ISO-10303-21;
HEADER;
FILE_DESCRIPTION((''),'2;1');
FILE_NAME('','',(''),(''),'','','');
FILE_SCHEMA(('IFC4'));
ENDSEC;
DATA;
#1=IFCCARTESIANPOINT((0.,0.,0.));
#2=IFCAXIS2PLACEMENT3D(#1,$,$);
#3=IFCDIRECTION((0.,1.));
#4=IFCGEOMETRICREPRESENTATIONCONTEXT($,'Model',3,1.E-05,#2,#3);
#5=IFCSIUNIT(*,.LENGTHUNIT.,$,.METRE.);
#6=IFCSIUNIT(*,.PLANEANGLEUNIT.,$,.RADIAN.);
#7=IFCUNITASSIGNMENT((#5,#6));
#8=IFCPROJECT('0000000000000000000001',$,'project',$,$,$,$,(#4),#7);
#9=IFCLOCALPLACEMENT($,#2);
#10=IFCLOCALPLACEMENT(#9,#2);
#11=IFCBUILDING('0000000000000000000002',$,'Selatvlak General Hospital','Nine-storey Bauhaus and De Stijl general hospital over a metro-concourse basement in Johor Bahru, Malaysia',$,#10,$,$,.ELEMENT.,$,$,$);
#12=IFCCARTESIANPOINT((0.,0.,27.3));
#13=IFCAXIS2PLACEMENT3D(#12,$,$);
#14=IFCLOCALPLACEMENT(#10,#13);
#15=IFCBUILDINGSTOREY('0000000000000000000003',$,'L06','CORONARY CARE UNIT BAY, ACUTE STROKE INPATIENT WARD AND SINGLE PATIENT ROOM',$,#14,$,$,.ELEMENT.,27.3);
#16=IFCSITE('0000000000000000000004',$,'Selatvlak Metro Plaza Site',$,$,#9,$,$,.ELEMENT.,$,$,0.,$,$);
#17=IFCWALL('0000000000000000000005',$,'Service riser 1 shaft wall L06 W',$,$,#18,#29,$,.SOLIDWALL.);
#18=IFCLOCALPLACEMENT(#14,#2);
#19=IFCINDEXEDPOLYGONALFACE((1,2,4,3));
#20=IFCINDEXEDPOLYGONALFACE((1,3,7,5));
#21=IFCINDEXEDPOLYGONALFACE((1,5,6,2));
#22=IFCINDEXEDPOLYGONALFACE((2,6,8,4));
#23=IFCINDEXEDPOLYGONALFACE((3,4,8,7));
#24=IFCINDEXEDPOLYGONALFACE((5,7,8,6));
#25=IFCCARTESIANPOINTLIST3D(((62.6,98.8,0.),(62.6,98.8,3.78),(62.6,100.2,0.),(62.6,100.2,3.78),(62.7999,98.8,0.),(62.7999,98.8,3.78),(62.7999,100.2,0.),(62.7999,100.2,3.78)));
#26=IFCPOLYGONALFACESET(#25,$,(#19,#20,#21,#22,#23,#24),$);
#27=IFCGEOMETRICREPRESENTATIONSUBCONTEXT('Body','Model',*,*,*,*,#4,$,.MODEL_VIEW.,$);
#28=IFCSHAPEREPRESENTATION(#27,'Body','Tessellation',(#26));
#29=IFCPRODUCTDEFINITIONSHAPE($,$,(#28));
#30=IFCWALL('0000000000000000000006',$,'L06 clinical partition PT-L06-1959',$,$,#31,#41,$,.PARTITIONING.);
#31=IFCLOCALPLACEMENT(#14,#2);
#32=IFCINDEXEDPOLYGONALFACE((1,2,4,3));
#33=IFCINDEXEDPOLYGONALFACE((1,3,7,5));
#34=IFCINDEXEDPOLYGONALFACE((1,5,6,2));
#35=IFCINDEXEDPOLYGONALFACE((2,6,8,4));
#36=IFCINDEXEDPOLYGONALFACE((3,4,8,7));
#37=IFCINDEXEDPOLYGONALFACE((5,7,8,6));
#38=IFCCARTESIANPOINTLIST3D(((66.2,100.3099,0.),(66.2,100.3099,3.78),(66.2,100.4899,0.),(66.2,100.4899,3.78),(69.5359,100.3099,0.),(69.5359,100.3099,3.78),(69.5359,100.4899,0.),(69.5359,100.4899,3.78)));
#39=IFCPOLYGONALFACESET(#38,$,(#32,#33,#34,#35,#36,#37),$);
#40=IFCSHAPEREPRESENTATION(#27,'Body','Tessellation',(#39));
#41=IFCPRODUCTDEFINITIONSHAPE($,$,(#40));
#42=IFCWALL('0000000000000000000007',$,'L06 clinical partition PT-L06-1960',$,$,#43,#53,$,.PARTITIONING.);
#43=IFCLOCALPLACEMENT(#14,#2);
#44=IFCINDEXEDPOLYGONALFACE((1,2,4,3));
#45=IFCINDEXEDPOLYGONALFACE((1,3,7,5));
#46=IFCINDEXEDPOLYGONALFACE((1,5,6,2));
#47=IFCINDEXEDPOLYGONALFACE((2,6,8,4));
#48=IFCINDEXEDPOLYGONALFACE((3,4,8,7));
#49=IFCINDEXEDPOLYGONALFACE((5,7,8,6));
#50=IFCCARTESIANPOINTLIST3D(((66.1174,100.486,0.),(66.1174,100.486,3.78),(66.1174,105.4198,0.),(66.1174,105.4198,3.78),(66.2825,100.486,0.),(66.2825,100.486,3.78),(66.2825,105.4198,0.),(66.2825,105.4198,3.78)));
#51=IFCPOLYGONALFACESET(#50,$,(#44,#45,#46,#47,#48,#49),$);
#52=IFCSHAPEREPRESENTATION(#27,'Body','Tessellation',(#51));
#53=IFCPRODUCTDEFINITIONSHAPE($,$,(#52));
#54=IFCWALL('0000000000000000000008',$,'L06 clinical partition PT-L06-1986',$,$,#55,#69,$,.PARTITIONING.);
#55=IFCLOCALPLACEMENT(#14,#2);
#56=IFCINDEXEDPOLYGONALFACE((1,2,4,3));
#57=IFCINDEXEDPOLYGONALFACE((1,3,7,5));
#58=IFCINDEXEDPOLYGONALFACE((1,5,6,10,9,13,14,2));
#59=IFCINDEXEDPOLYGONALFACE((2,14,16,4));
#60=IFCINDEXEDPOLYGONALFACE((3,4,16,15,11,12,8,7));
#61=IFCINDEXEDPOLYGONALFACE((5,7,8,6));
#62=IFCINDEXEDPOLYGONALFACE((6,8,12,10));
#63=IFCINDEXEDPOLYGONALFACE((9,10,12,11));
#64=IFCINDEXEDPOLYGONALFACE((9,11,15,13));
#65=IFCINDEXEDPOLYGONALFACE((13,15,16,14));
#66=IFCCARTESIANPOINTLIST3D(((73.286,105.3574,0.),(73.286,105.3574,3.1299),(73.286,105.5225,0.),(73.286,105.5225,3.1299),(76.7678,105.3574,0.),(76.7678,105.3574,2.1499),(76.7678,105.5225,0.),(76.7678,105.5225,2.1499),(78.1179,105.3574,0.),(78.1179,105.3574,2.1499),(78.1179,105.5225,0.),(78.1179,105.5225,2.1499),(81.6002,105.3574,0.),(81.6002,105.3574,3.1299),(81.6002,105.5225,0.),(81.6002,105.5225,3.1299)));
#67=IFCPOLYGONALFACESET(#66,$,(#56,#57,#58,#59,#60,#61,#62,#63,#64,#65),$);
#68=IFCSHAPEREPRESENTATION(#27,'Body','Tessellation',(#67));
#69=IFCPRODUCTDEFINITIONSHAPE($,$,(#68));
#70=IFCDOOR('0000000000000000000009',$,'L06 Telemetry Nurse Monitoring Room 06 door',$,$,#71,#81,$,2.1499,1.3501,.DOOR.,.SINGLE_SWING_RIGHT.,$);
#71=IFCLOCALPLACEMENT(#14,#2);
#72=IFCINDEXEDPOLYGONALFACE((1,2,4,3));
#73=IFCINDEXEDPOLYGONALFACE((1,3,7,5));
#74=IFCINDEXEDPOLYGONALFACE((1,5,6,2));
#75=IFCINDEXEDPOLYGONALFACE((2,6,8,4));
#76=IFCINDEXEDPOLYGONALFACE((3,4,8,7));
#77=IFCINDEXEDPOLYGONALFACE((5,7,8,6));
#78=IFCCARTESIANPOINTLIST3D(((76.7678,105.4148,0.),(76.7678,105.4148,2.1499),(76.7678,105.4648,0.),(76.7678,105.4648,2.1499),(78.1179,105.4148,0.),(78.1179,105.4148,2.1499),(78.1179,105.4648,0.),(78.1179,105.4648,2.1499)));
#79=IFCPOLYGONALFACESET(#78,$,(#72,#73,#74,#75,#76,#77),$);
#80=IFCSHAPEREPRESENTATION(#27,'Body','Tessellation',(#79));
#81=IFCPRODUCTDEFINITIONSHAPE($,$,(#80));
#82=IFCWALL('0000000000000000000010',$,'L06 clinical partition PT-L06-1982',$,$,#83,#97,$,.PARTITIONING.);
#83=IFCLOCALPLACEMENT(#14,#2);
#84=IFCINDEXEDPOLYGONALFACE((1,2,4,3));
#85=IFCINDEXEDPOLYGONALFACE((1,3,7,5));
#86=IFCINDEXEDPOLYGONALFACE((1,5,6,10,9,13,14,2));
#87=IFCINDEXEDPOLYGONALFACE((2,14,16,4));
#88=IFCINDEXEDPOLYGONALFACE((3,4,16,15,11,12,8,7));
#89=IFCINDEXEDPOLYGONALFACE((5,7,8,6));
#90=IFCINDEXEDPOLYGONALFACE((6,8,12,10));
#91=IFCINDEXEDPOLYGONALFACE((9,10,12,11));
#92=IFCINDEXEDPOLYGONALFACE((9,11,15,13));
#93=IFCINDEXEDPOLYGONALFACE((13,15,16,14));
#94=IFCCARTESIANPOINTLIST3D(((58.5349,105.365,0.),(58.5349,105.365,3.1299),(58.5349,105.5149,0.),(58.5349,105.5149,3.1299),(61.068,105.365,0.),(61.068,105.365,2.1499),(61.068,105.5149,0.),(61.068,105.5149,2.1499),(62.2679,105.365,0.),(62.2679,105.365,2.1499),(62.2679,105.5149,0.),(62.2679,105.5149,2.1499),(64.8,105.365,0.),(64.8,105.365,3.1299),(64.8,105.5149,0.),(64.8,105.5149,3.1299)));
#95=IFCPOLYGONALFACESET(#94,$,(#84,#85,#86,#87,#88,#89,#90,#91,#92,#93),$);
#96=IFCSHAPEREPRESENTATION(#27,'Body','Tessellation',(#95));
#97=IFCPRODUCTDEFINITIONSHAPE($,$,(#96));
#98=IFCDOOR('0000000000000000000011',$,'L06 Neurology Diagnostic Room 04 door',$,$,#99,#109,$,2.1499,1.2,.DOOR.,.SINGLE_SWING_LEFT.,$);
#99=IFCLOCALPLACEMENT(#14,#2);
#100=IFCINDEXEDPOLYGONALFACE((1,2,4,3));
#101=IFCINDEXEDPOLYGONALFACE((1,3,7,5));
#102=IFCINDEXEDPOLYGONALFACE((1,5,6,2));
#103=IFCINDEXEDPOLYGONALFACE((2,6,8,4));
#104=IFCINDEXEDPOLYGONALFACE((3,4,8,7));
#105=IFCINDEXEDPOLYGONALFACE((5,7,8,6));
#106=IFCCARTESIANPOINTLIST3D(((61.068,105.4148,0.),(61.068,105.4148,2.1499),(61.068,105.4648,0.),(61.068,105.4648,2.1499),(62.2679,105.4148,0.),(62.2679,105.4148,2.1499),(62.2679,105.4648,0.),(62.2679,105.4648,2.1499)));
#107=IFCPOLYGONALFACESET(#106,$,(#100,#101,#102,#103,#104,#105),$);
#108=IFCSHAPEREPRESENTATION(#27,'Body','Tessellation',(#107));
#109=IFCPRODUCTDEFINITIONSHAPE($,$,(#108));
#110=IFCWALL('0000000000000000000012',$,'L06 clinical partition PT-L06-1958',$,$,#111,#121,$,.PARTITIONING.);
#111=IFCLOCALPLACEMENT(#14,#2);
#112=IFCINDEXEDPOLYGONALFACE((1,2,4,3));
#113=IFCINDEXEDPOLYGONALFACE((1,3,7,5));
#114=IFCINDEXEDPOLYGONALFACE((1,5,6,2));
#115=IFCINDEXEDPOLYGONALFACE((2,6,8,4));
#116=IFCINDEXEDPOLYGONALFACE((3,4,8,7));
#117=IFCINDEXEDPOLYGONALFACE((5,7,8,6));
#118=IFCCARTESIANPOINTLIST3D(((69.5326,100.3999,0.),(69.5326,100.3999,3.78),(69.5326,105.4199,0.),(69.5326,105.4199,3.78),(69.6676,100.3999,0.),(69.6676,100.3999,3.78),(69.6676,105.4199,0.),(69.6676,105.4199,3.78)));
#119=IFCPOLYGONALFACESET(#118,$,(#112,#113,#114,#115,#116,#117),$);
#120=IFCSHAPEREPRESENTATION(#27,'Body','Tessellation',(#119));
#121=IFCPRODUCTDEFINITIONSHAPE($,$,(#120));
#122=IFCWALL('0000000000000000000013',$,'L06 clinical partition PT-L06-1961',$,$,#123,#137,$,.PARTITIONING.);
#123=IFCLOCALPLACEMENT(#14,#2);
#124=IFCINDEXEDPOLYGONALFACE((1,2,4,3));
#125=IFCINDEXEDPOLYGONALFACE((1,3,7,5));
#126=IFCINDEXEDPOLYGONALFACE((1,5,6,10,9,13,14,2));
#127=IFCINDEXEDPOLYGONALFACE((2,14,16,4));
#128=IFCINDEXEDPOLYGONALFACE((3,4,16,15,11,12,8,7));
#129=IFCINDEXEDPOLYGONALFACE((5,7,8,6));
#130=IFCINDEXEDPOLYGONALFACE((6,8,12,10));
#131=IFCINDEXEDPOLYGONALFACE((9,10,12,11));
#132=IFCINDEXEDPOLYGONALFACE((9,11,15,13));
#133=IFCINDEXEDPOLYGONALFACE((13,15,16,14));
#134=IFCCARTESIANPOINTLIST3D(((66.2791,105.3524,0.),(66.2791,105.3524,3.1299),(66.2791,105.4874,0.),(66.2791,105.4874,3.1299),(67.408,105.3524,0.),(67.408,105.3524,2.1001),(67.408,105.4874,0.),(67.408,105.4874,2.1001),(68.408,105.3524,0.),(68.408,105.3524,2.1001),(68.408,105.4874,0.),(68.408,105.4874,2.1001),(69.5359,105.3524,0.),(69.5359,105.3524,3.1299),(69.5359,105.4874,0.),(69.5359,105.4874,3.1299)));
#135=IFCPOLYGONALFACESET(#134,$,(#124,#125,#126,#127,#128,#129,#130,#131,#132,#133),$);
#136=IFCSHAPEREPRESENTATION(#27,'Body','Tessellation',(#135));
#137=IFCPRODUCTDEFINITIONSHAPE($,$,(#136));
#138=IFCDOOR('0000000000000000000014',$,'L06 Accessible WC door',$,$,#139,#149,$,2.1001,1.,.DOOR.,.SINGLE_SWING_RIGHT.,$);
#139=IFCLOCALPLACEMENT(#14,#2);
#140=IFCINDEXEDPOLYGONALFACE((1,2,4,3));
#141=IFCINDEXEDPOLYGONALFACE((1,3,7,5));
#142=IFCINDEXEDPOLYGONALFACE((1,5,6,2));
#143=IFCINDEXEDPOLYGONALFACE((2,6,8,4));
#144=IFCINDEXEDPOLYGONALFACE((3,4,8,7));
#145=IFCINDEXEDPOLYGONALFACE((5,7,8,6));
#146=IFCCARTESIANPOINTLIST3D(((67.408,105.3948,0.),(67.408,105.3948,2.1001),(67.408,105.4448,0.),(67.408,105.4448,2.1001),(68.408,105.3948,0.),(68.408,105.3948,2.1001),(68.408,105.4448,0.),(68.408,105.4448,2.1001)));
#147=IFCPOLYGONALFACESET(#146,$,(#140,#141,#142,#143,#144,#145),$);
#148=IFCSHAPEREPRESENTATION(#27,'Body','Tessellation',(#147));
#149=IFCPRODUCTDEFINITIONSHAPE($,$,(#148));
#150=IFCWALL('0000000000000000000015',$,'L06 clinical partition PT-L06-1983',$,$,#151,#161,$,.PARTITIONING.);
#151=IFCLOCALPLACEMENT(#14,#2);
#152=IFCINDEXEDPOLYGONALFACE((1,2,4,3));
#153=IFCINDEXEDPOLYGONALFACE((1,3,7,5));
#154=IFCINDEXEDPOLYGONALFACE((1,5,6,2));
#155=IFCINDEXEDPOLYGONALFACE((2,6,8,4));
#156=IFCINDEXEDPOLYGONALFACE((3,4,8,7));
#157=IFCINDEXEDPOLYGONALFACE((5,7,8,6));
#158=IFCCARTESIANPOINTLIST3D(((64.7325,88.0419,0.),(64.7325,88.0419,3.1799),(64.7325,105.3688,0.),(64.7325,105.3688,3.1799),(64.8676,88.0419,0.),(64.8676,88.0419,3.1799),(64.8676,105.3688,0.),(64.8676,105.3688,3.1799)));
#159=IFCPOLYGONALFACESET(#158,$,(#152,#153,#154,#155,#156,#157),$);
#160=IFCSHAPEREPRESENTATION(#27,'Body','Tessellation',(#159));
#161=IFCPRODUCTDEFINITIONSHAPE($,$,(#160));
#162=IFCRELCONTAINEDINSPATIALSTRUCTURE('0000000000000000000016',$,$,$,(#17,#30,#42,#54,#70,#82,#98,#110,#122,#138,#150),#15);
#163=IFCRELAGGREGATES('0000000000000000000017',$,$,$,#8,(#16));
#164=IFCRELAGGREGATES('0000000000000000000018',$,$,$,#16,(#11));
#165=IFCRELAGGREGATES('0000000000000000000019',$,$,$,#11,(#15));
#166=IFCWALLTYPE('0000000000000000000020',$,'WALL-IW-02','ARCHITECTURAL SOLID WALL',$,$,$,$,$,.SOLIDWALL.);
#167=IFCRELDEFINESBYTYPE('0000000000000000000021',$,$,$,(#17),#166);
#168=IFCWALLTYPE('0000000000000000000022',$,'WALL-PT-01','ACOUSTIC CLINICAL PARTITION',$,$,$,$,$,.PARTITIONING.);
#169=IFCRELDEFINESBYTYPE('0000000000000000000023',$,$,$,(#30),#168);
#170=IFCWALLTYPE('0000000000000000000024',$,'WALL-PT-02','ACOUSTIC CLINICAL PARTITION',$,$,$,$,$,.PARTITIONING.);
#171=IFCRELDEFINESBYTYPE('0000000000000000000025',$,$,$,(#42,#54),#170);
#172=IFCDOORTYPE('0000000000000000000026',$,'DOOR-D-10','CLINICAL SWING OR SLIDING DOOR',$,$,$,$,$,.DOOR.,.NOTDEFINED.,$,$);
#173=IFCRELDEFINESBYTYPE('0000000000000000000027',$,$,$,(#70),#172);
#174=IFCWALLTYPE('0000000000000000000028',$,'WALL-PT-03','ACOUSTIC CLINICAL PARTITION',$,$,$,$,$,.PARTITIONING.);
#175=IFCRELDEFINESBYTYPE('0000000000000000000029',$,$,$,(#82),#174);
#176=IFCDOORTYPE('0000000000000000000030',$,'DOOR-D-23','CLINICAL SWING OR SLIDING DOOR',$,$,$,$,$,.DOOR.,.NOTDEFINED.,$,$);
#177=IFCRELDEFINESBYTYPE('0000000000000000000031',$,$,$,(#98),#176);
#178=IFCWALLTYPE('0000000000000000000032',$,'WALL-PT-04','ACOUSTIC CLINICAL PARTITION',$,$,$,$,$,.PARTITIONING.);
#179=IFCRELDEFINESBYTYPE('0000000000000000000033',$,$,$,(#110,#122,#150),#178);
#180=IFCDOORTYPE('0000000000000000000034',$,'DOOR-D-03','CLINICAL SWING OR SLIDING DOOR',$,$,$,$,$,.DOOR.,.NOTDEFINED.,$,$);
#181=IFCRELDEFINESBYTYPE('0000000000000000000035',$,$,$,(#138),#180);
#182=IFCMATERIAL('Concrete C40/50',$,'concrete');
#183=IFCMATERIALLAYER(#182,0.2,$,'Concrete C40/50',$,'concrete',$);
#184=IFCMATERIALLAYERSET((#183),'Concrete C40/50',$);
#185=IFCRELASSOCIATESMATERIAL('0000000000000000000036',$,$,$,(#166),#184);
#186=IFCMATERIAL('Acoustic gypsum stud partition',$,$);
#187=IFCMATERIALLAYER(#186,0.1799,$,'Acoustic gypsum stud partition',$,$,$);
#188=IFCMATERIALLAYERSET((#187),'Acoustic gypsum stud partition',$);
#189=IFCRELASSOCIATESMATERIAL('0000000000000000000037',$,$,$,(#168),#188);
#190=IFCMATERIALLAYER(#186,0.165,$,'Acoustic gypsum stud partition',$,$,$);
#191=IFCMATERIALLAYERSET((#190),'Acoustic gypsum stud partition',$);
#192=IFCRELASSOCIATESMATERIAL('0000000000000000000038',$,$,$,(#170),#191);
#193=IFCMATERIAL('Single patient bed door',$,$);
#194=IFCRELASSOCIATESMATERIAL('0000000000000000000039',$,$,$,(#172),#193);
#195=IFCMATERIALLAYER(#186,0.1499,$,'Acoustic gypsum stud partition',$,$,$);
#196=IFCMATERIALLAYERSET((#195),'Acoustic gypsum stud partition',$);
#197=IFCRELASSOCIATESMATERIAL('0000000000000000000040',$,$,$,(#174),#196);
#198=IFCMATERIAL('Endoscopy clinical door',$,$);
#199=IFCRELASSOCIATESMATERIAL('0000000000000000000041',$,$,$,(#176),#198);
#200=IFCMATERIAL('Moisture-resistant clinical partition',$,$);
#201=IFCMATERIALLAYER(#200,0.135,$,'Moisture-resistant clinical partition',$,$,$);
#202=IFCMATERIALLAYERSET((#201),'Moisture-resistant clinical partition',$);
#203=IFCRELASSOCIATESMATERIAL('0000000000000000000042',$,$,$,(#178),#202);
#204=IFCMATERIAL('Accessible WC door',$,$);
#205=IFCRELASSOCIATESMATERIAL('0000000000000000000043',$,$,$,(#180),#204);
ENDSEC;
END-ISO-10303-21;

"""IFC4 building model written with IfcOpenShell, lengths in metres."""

from ifc_helpers import new_model, si_unit, direction, frame, frame_2d, origin, place, context, subcontext, project, spatial, rectangle, extrude, material, layer, layer_set, type_object, element, fill, save


model = new_model("IFC4")

# Units and contexts
model_context = context("Model", 3, precision=1e-05, world=origin(), true_north=direction((0.0, 1.0)))
body_context = subcontext(model_context, "Body", "Model", "MODEL_VIEW")
ifc_project = project(units=[si_unit("LENGTHUNIT", "METRE"), si_unit("PLANEANGLEUNIT", "RADIAN")], contexts=[model_context])

# Site, building, storey
site_placement = place(None, origin())
site = spatial("IfcSite", under=ifc_project, at=site_placement, Name="Selatvlak Metro Plaza Site", CompositionType="ELEMENT", RefElevation=0.0)
building_placement = place(site_placement, origin())
building = spatial("IfcBuilding", under=site, at=building_placement, Name="Selatvlak General Hospital", Description="Nine-storey Bauhaus and De Stijl general hospital over a metro-concourse basement in Johor Bahru, Malaysia", CompositionType="ELEMENT")
storey_placement = place(building_placement, frame((0.0, 0.0, 27.3)))
storey = spatial("IfcBuildingStorey", under=building, at=storey_placement, Name="L06", Description="CORONARY CARE UNIT BAY, ACUTE STROKE INPATIENT WARD AND SINGLE PATIENT ROOM", CompositionType="ELEMENT", Elevation=27.3)

# Shared definitions
ifc_material_1 = material(Name="Concrete C40/50", Category="concrete")

# Walls
ifc_layer_1 = layer(ifc_material_1, 0.2, Name="Concrete C40/50", Category="concrete")
ifc_layer_set_1 = layer_set([ifc_layer_1], Name="Concrete C40/50")
wall_type_1 = type_object("IfcWallType", Name="WALL-IW-02", Description="ARCHITECTURAL SOLID WALL", PredefinedType="SOLIDWALL", material=ifc_layer_set_1)
wall_1_placement = place(storey_placement, frame((62.7, 100.2, 0.0), z_axis=(0.0, 0.0, 1.0), x_axis=(0.0, -1.0, 0.0)))
element("IfcWall", 1, at=wall_1_placement, inside=storey, type_object=wall_type_1, Name="Service riser 1 shaft wall L06 W", PredefinedType="SOLIDWALL", context=body_context, shape_type="SweptSolid", body=[
    extrude(rectangle(XDim=1.3999, YDim=0.2, at=frame_2d((0.7, 0.0))), origin(), (0.0, 0.0, 1.0), 3.78),
])
ifc_material_2 = material(Name="Acoustic gypsum stud partition")
ifc_layer_2 = layer(ifc_material_2, 0.1799, Name="Acoustic gypsum stud partition")
ifc_layer_set_2 = layer_set([ifc_layer_2], Name="Acoustic gypsum stud partition")
wall_type_2 = type_object("IfcWallType", Name="WALL-PT-01", Description="ACOUSTIC CLINICAL PARTITION", PredefinedType="PARTITIONING", material=ifc_layer_set_2)
wall_2_placement = place(storey_placement, frame((69.5359, 100.3999, 0.0), z_axis=(0.0, 0.0, 1.0), x_axis=(-1.0, 0.0, 0.0)))
element("IfcWall", 2, at=wall_2_placement, inside=storey, type_object=wall_type_2, Name="L06 clinical partition PT-L06-1959", PredefinedType="PARTITIONING", context=body_context, shape_type="SweptSolid", body=[
    extrude(rectangle(XDim=3.3359, YDim=0.1799, at=frame_2d((1.668, 0.0))), origin(), (0.0, 0.0, 1.0), 3.78),
])
ifc_layer_3 = layer(ifc_material_2, 0.165, Name="Acoustic gypsum stud partition")
ifc_layer_set_3 = layer_set([ifc_layer_3], Name="Acoustic gypsum stud partition")
wall_type_3 = type_object("IfcWallType", Name="WALL-PT-02", Description="ACOUSTIC CLINICAL PARTITION", PredefinedType="PARTITIONING", material=ifc_layer_set_3)
wall_3_placement = place(storey_placement, frame((66.2, 100.4861, 0.0), z_axis=(0.0, 0.0, 1.0), x_axis=(0.0, 1.0, 0.0)))
element("IfcWall", 3, at=wall_3_placement, inside=storey, type_object=wall_type_3, Name="L06 clinical partition PT-L06-1960", PredefinedType="PARTITIONING", context=body_context, shape_type="SweptSolid", body=[
    extrude(rectangle(XDim=4.9338, YDim=0.165, at=frame_2d((2.4668, 0.0))), origin(), (0.0, 0.0, 1.0), 3.78),
])

# Walls, openings, doors
wall_4_placement = place(storey_placement, frame((73.2859, 105.4399, 0.0), z_axis=(0.0, 0.0, 1.0), x_axis=(1.0, 0.0, 0.0)))
wall_4 = element("IfcWall", 4, at=wall_4_placement, inside=storey, type_object=wall_type_3, Name="L06 clinical partition PT-L06-1986", PredefinedType="PARTITIONING", context=body_context, shape_type="SweptSolid", body=[
    extrude(rectangle(XDim=8.3142, YDim=0.165, at=frame_2d((4.1572, 0.0))), origin(), (0.0, 0.0, 1.0), 3.1299),
])
opening_1_placement = place(wall_4_placement, frame((3.4819, 0.0, 0.0)))
opening_1 = element("IfcOpeningElement", 5, at=opening_1_placement, cuts=wall_4, PredefinedType="OPENING", context=body_context, shape_type="SweptSolid", body=[
    extrude(rectangle(XDim=1.3501, YDim=2.1499, at=frame_2d((0.675, 1.075))), frame((0.0, 0.0925, 0.0), z_axis=(0.0, -1.0, 0.0), x_axis=(1.0, 0.0, 0.0)), (0.0, 0.0, 1.0), 0.1851),
])
ifc_material_3 = material(Name="Single patient bed door")
door_type_1 = type_object("IfcDoorType", Name="DOOR-D-10", Description="CLINICAL SWING OR SLIDING DOOR", OperationType="NOTDEFINED", PredefinedType="DOOR", material=ifc_material_3)
door_1_placement = place(opening_1_placement, origin())
door_1 = element("IfcDoor", 6, at=door_1_placement, inside=storey, type_object=door_type_1, Name="L06 Telemetry Nurse Monitoring Room 06 door", OperationType="SINGLE_SWING_RIGHT", OverallHeight=2.1499, OverallWidth=1.3501, PredefinedType="DOOR", context=body_context, shape_type="SweptSolid", body=[
    extrude(rectangle(XDim=1.3501, YDim=2.1499, at=frame_2d((0.675, 1.075))), frame((0.0, 0.0249, 0.0), z_axis=(0.0, -1.0, 0.0), x_axis=(1.0, 0.0, 0.0)), (0.0, 0.0, 1.0), 0.05),
])
fill(opening_1, door_1)
ifc_layer_4 = layer(ifc_material_2, 0.1499, Name="Acoustic gypsum stud partition")
ifc_layer_set_4 = layer_set([ifc_layer_4], Name="Acoustic gypsum stud partition")
wall_type_4 = type_object("IfcWallType", Name="WALL-PT-03", Description="ACOUSTIC CLINICAL PARTITION", PredefinedType="PARTITIONING", material=ifc_layer_set_4)
wall_5_placement = place(storey_placement, frame((58.5349, 105.4399, 0.0), z_axis=(0.0, 0.0, 1.0), x_axis=(1.0, 0.0, 0.0)))
wall_5 = element("IfcWall", 7, at=wall_5_placement, inside=storey, type_object=wall_type_4, Name="L06 clinical partition PT-L06-1982", PredefinedType="PARTITIONING", context=body_context, shape_type="SweptSolid", body=[
    extrude(rectangle(XDim=6.2651, YDim=0.1499, at=frame_2d((3.1326, 0.0))), origin(), (0.0, 0.0, 1.0), 3.1299),
])
opening_2_placement = place(wall_5_placement, frame((2.533, 0.0, 0.0)))
opening_2 = element("IfcOpeningElement", 8, at=opening_2_placement, cuts=wall_5, PredefinedType="OPENING", context=body_context, shape_type="SweptSolid", body=[
    extrude(rectangle(XDim=1.2, YDim=2.1499, at=frame_2d((0.6001, 1.075))), frame((0.0, 0.085, 0.0), z_axis=(0.0, -1.0, 0.0), x_axis=(1.0, 0.0, 0.0)), (0.0, 0.0, 1.0), 0.1699),
])
ifc_material_4 = material(Name="Endoscopy clinical door")
door_type_2 = type_object("IfcDoorType", Name="DOOR-D-23", Description="CLINICAL SWING OR SLIDING DOOR", OperationType="NOTDEFINED", PredefinedType="DOOR", material=ifc_material_4)
door_2_placement = place(opening_2_placement, origin())
door_2 = element("IfcDoor", 9, at=door_2_placement, inside=storey, type_object=door_type_2, Name="L06 Neurology Diagnostic Room 04 door", OperationType="SINGLE_SWING_LEFT", OverallHeight=2.1499, OverallWidth=1.2, PredefinedType="DOOR", context=body_context, shape_type="SweptSolid", body=[
    extrude(rectangle(XDim=1.2, YDim=2.1499, at=frame_2d((0.6001, 1.075))), frame((0.0, 0.0249, 0.0), z_axis=(0.0, -1.0, 0.0), x_axis=(1.0, 0.0, 0.0)), (0.0, 0.0, 1.0), 0.05),
])
fill(opening_2, door_2)

# Wall
ifc_material_5 = material(Name="Moisture-resistant clinical partition")
ifc_layer_5 = layer(ifc_material_5, 0.135, Name="Moisture-resistant clinical partition")
ifc_layer_set_5 = layer_set([ifc_layer_5], Name="Moisture-resistant clinical partition")
wall_type_5 = type_object("IfcWallType", Name="WALL-PT-04", Description="ACOUSTIC CLINICAL PARTITION", PredefinedType="PARTITIONING", material=ifc_layer_set_5)
wall_6_placement = place(storey_placement, frame((69.6001, 105.4199, 0.0), z_axis=(0.0, 0.0, 1.0), x_axis=(0.0, -1.0, 0.0)))
element("IfcWall", 10, at=wall_6_placement, inside=storey, type_object=wall_type_5, Name="L06 clinical partition PT-L06-1958", PredefinedType="PARTITIONING", context=body_context, shape_type="SweptSolid", body=[
    extrude(rectangle(XDim=5.02, YDim=0.135, at=frame_2d((2.51, 0.0))), origin(), (0.0, 0.0, 1.0), 3.78),
])

# Wall, opening, door
wall_7_placement = place(storey_placement, frame((66.2791, 105.4199, 0.0), z_axis=(0.0, 0.0, 1.0), x_axis=(1.0, 0.0, 0.0)))
wall_7 = element("IfcWall", 11, at=wall_7_placement, inside=storey, type_object=wall_type_5, Name="L06 clinical partition PT-L06-1961", PredefinedType="PARTITIONING", context=body_context, shape_type="SweptSolid", body=[
    extrude(rectangle(XDim=3.2568, YDim=0.135, at=frame_2d((1.6284, 0.0))), origin(), (0.0, 0.0, 1.0), 3.1299),
])
opening_3_placement = place(wall_7_placement, frame((1.1289, 0.0, 0.0)))
opening_3 = element("IfcOpeningElement", 12, at=opening_3_placement, cuts=wall_7, PredefinedType="OPENING", context=body_context, shape_type="SweptSolid", body=[
    extrude(rectangle(XDim=1.0, YDim=2.1001, at=frame_2d((0.5, 1.05))), frame((0.0, 0.0774, 0.0), z_axis=(0.0, -1.0, 0.0), x_axis=(1.0, 0.0, 0.0)), (0.0, 0.0, 1.0), 0.155),
])
ifc_material_6 = material(Name="Accessible WC door")
door_type_3 = type_object("IfcDoorType", Name="DOOR-D-03", Description="CLINICAL SWING OR SLIDING DOOR", OperationType="NOTDEFINED", PredefinedType="DOOR", material=ifc_material_6)
door_3_placement = place(opening_3_placement, origin())
door_3 = element("IfcDoor", 13, at=door_3_placement, inside=storey, type_object=door_type_3, Name="L06 Accessible WC door", OperationType="SINGLE_SWING_RIGHT", OverallHeight=2.1001, OverallWidth=1.0, PredefinedType="DOOR", context=body_context, shape_type="SweptSolid", body=[
    extrude(rectangle(XDim=1.0, YDim=2.1001, at=frame_2d((0.5, 1.05))), frame((0.0, 0.0249, 0.0), z_axis=(0.0, -1.0, 0.0), x_axis=(1.0, 0.0, 0.0)), (0.0, 0.0, 1.0), 0.05),
])
fill(opening_3, door_3)

# Wall
wall_8_placement = place(storey_placement, frame((64.8, 105.3689, 0.0), z_axis=(0.0, 0.0, 1.0), x_axis=(0.0, -1.0, 0.0)))
element("IfcWall", 14, at=wall_8_placement, inside=storey, type_object=wall_type_5, Name="L06 clinical partition PT-L06-1983", PredefinedType="PARTITIONING", context=body_context, shape_type="SweptSolid", body=[
    extrude(rectangle(XDim=17.3269, YDim=0.135, at=frame_2d((8.6636, 0.0))), origin(), (0.0, 0.0, 1.0), 3.1799),
])

save(model, "model.ifc")
